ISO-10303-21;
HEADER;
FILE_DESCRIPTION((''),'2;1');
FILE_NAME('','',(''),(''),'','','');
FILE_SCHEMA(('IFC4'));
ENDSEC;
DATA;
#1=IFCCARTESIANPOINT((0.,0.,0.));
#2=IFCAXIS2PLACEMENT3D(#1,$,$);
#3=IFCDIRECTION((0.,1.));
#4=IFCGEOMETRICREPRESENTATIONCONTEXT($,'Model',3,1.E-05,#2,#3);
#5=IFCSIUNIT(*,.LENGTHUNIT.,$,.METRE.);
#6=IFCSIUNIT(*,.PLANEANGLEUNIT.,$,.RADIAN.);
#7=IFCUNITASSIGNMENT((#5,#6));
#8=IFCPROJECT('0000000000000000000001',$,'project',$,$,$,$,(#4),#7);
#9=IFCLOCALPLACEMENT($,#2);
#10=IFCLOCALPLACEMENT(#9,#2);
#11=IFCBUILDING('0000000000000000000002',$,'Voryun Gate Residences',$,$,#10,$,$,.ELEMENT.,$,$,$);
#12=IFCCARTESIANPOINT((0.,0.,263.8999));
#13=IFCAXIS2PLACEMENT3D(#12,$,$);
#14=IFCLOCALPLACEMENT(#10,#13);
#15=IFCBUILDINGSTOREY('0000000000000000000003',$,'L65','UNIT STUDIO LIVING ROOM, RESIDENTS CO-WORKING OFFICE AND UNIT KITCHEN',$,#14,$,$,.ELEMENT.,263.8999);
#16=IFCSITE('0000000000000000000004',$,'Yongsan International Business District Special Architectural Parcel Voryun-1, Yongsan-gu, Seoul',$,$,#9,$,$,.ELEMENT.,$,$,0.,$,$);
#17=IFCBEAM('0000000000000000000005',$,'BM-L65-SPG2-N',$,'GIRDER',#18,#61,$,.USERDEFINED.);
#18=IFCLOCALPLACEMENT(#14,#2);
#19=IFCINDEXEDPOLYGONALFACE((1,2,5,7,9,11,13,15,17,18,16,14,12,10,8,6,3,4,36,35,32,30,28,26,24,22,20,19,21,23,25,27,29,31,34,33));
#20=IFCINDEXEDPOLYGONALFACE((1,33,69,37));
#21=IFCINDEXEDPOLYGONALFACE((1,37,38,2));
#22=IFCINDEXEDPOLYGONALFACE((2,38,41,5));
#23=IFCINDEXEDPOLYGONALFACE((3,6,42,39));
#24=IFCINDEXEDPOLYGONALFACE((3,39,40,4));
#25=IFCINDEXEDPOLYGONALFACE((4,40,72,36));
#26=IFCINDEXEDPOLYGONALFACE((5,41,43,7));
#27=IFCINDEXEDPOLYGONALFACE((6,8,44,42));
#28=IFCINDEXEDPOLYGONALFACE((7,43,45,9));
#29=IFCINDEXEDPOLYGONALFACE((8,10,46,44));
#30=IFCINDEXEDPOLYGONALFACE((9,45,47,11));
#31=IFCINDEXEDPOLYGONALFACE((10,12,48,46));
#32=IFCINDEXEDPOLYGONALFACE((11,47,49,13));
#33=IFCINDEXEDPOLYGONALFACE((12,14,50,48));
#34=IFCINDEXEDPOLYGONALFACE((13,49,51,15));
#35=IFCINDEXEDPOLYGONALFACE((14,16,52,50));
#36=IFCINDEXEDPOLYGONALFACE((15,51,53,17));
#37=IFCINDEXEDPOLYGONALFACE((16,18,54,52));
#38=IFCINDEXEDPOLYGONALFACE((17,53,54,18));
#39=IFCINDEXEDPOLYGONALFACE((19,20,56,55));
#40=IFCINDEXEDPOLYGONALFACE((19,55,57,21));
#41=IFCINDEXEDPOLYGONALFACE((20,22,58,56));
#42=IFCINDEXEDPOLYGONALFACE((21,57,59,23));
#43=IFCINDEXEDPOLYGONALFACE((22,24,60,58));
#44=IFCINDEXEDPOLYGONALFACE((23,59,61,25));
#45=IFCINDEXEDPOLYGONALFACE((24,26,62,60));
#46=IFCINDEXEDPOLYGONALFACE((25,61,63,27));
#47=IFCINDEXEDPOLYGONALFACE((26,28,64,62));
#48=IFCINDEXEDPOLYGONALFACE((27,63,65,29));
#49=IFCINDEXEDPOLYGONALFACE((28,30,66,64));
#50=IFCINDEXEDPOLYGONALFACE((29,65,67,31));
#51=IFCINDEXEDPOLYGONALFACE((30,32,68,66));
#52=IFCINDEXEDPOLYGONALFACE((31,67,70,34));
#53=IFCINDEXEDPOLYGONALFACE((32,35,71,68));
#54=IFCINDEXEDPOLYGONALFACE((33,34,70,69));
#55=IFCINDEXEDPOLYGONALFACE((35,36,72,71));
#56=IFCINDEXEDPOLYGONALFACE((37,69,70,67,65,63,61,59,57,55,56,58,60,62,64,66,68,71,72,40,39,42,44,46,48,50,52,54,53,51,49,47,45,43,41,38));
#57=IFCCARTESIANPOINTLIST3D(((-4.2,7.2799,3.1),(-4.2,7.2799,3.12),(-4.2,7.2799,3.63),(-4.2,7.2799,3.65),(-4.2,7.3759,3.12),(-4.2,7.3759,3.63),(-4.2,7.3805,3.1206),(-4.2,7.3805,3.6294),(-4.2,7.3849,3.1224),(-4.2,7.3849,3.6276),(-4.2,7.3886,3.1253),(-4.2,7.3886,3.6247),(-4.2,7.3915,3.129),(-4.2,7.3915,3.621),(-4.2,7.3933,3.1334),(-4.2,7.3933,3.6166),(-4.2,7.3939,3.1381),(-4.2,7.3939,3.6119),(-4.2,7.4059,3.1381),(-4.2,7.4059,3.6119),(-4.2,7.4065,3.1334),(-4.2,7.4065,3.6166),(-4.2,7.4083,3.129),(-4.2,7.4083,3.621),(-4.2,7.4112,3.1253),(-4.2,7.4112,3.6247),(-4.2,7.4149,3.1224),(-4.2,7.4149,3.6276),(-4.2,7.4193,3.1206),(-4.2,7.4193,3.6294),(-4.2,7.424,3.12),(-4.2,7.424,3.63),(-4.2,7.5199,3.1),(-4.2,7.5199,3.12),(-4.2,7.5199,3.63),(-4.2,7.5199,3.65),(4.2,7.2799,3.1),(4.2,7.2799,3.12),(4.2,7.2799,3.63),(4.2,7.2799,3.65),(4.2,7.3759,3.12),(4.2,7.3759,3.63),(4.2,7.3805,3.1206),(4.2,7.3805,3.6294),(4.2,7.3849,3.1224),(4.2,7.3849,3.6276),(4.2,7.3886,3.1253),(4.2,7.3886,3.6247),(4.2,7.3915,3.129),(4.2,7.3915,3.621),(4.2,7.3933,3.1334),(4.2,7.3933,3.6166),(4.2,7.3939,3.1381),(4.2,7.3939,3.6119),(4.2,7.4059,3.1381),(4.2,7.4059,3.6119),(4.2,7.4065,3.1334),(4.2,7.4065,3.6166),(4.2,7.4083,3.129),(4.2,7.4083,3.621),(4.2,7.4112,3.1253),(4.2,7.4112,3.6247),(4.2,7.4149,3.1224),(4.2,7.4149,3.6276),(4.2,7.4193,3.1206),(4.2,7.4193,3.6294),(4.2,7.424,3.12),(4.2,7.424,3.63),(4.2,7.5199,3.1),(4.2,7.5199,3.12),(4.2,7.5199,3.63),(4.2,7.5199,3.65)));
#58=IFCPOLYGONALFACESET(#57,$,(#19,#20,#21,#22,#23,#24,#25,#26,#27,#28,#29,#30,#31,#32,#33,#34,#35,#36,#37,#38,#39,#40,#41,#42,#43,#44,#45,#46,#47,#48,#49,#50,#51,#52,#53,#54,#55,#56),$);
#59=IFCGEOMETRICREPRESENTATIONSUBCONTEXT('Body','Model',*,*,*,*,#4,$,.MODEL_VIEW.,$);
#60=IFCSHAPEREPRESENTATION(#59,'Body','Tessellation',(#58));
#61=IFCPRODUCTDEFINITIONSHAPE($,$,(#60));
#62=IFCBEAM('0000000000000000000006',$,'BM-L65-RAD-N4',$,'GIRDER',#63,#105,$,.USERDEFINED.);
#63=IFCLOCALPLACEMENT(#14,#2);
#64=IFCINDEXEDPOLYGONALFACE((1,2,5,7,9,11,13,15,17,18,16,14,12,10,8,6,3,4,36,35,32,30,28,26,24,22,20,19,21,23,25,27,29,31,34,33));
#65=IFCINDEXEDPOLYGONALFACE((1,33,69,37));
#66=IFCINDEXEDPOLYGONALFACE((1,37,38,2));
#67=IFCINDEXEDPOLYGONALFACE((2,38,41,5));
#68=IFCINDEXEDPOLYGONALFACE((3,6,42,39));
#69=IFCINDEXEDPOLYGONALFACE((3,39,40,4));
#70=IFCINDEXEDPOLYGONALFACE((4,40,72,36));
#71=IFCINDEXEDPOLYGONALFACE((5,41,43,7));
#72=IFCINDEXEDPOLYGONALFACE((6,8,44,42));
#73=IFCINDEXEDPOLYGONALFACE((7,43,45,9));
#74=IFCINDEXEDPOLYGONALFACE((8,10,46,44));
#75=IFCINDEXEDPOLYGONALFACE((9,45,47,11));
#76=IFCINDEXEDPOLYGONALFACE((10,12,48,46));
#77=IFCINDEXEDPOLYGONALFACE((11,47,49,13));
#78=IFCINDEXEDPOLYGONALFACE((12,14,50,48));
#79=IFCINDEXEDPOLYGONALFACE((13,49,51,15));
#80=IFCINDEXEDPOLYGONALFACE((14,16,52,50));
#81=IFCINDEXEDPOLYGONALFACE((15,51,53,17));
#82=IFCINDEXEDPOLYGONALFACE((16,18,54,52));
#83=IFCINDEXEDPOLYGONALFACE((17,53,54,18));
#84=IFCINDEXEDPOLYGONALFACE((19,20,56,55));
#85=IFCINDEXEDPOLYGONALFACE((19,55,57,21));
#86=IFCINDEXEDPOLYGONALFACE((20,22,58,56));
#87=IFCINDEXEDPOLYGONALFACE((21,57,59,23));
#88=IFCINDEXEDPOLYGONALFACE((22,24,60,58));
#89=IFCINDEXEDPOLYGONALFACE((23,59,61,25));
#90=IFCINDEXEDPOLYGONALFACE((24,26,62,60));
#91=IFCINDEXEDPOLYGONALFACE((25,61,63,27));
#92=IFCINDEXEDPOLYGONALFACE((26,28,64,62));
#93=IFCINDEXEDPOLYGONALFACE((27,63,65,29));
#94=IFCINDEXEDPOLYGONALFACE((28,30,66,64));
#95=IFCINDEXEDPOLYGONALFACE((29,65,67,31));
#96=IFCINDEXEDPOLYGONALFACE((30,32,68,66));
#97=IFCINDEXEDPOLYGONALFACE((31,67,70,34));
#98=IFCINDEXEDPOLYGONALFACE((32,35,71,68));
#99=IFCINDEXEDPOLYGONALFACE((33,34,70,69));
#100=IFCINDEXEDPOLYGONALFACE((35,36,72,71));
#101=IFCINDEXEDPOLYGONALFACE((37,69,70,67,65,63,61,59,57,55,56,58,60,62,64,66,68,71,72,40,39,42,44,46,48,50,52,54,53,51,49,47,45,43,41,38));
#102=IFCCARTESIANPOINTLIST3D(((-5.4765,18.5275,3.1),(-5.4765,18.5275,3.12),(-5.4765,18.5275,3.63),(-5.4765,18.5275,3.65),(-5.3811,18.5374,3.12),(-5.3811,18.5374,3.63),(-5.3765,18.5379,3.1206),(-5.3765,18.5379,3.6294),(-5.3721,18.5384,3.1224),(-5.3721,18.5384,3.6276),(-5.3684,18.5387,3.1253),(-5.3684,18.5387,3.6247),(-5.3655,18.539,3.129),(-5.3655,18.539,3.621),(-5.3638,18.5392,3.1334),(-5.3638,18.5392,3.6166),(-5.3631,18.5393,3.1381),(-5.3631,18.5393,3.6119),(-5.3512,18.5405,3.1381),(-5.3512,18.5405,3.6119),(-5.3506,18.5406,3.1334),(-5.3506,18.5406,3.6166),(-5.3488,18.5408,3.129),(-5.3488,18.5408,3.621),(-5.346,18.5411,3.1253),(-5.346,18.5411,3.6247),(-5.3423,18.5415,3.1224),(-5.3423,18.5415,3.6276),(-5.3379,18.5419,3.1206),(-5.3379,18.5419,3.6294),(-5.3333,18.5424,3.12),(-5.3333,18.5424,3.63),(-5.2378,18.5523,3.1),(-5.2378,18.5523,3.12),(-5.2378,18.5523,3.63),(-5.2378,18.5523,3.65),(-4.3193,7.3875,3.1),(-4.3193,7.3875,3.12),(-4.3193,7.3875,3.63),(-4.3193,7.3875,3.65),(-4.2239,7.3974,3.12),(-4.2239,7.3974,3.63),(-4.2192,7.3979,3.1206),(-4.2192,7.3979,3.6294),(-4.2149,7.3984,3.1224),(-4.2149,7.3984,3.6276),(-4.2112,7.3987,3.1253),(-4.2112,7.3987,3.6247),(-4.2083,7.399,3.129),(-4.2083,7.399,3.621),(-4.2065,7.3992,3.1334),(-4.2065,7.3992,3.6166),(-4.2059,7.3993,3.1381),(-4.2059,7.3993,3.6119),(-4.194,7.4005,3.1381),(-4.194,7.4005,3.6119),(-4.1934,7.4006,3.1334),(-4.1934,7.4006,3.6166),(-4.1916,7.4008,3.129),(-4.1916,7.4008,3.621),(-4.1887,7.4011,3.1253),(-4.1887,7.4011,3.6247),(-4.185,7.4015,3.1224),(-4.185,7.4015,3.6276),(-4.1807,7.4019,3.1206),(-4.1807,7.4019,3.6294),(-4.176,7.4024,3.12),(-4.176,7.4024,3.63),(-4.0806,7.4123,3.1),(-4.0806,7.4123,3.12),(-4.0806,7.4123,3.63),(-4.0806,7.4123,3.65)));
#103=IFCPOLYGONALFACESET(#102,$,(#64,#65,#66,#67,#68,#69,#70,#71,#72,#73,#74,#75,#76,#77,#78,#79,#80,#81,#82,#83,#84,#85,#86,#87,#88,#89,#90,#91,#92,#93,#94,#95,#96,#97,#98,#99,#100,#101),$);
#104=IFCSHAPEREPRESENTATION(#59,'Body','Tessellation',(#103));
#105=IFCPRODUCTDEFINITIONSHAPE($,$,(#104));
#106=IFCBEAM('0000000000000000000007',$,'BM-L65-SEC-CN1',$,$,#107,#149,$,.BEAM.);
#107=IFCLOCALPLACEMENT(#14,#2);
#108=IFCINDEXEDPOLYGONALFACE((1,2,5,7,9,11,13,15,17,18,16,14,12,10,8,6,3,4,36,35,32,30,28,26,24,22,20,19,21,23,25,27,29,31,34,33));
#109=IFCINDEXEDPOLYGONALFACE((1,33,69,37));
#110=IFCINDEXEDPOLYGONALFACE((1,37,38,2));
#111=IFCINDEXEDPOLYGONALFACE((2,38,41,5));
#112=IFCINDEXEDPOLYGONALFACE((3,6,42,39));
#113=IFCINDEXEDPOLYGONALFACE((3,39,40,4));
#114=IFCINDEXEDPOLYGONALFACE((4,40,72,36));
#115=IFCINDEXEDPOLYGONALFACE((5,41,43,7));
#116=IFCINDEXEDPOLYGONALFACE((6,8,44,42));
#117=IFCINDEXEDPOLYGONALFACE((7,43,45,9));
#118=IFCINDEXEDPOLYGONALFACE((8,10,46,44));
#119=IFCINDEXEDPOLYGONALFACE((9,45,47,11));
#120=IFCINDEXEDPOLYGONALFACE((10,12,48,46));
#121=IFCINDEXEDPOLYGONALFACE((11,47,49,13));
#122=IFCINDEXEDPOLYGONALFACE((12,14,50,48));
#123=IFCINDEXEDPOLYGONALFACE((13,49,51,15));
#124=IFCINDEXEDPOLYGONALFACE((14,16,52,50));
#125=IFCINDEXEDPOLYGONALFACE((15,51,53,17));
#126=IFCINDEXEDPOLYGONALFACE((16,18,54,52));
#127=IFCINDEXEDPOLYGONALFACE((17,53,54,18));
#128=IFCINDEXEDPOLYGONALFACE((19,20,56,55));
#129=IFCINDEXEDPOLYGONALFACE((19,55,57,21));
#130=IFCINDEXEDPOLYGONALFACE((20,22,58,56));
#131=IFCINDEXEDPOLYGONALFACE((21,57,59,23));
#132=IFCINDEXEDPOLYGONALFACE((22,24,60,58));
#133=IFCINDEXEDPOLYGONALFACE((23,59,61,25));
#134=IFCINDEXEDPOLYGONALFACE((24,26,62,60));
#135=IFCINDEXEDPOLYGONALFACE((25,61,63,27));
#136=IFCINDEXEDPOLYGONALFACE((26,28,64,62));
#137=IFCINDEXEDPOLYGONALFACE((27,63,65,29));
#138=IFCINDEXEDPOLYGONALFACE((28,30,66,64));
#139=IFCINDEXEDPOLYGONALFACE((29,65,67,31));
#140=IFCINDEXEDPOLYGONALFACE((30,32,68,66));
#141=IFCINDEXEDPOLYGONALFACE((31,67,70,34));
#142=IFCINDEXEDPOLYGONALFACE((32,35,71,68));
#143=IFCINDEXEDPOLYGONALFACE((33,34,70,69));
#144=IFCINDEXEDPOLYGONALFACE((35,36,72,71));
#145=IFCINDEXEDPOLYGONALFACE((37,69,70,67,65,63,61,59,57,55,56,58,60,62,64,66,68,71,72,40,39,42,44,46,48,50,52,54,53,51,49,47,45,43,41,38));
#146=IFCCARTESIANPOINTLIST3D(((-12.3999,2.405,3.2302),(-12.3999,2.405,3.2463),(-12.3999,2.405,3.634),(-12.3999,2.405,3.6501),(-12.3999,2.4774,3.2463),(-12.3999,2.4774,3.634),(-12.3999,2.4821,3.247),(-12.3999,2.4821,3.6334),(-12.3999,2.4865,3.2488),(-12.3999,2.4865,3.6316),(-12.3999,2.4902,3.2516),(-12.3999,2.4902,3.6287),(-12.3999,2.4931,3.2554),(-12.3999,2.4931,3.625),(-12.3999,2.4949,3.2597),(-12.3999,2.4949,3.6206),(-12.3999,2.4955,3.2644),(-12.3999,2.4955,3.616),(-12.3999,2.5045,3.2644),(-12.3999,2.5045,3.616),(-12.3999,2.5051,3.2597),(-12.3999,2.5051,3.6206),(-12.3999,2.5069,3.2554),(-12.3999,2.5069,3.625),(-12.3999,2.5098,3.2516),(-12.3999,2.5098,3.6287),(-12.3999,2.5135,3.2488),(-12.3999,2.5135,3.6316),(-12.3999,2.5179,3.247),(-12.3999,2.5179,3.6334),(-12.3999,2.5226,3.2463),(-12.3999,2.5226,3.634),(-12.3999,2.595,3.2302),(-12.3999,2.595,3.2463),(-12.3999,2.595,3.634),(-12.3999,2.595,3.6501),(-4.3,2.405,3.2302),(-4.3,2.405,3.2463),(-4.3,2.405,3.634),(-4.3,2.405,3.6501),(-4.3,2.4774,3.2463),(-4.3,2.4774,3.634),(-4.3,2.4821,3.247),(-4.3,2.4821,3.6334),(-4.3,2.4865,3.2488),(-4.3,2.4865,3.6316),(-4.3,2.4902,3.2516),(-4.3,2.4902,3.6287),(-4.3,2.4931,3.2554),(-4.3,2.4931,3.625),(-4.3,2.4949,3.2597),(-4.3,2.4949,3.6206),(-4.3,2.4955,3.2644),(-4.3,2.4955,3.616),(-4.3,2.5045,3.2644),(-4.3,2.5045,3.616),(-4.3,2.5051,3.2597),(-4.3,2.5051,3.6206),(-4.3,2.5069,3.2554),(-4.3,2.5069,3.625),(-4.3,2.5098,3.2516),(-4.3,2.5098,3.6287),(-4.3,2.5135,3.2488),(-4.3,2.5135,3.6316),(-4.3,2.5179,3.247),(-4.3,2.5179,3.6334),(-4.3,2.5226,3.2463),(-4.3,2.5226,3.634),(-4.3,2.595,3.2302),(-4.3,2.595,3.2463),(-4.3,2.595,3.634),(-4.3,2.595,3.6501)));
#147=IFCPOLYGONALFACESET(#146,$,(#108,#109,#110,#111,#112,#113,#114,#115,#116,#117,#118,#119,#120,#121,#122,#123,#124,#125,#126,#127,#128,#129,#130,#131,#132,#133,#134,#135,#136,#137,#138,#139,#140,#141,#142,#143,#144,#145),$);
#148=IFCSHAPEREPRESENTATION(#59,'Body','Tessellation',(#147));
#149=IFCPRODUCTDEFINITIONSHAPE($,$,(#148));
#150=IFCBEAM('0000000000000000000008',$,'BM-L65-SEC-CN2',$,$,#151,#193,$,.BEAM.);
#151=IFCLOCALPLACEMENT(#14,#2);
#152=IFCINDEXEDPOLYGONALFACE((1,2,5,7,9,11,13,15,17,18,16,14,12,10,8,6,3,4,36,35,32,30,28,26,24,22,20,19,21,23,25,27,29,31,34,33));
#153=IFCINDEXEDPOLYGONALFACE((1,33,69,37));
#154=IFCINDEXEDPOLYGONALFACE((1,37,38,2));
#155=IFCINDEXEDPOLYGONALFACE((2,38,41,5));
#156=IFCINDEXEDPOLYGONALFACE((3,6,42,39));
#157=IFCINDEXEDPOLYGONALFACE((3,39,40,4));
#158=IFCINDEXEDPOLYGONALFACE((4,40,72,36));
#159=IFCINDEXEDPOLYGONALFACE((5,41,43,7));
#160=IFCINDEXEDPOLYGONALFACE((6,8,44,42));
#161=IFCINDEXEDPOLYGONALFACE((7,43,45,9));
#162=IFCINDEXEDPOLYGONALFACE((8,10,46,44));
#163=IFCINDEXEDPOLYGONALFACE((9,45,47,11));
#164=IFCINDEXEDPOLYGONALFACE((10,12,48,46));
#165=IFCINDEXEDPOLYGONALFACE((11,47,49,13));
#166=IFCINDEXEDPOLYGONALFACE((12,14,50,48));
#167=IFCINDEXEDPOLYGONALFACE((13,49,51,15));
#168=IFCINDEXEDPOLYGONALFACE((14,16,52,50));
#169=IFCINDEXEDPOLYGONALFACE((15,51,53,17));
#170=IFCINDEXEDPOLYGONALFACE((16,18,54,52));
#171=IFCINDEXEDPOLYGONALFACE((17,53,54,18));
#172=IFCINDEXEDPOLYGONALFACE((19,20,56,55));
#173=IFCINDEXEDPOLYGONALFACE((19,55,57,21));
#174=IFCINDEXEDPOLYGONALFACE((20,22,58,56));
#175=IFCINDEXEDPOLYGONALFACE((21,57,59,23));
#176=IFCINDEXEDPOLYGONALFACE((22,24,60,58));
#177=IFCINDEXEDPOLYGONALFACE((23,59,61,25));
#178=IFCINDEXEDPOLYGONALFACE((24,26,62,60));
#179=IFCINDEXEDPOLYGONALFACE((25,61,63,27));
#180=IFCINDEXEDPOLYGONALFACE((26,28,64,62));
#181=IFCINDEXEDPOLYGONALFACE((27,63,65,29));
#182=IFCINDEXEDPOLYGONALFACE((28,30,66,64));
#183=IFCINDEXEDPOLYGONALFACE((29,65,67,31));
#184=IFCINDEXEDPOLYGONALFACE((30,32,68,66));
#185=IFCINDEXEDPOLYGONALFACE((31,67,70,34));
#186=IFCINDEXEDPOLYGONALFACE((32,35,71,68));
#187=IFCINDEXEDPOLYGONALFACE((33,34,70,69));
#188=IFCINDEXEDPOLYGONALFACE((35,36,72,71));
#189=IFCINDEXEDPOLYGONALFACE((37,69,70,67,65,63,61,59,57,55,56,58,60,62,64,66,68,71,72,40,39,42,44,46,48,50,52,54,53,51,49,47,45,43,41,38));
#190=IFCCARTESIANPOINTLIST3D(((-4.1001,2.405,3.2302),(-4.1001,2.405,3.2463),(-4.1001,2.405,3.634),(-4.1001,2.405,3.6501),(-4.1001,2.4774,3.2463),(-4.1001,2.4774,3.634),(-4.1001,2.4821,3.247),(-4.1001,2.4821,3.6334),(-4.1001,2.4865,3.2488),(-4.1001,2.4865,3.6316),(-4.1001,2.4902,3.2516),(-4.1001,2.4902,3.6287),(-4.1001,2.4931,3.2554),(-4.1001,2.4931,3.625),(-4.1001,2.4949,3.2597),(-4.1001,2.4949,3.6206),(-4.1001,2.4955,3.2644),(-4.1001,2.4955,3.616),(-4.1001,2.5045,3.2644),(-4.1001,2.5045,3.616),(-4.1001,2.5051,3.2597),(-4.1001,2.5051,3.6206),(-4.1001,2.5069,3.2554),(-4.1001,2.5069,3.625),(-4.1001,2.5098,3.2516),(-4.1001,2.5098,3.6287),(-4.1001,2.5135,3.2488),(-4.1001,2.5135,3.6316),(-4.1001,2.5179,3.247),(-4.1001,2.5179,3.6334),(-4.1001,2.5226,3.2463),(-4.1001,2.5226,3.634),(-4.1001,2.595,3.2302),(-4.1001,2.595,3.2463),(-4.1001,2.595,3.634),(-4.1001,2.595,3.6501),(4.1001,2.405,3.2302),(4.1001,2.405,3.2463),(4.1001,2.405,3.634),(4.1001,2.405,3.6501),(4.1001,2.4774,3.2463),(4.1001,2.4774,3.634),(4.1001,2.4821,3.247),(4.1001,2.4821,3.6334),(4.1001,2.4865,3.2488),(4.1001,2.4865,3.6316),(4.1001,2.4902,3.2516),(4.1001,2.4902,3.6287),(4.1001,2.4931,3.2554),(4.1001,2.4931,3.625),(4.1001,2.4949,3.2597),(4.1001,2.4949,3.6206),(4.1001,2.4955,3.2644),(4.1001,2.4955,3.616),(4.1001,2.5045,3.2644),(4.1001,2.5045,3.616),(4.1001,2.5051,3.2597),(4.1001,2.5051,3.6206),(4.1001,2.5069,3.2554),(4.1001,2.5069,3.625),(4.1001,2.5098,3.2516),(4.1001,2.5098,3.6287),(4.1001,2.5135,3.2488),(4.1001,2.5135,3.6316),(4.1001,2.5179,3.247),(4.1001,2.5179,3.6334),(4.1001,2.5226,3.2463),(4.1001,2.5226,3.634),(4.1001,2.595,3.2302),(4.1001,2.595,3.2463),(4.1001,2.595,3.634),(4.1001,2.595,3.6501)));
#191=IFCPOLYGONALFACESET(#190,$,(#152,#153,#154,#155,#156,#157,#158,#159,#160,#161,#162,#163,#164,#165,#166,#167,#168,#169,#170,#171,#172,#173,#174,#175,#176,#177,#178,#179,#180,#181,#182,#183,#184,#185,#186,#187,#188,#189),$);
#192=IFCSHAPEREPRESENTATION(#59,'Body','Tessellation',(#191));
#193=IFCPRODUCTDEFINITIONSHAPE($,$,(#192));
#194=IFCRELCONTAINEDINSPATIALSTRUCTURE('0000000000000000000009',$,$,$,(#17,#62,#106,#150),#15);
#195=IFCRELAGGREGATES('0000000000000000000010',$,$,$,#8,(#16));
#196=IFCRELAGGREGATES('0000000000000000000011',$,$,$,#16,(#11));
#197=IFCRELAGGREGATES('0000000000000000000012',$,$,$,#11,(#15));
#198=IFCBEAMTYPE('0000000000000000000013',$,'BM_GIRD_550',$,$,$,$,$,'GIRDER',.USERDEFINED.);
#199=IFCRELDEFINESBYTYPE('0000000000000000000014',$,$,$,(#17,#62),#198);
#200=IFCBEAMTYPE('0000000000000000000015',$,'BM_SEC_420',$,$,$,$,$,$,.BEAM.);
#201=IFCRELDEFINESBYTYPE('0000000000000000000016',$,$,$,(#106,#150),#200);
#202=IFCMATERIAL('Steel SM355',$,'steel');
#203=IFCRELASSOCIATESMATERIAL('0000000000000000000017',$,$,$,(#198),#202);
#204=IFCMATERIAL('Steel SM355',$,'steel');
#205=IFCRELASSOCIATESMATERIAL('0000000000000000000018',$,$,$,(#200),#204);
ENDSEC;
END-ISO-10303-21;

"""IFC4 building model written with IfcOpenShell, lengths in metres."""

from ifc_helpers import new_model, si_unit, direction, frame, origin, origin_2d, place, context, subcontext, project, spatial, i_section, extrude, material, material_profile, profile_set, type_object, element, save


model = new_model("IFC4")

# Units and contexts
model_context = context("Model", 3, precision=1e-05, world=origin(), true_north=direction((0.0, 1.0)))
body_context = subcontext(model_context, "Body", "Model", "MODEL_VIEW")
ifc_project = project(units=[si_unit("LENGTHUNIT", "METRE"), si_unit("PLANEANGLEUNIT", "RADIAN")], contexts=[model_context])

# Site, building, storey
site_placement = place(None, origin())
site = spatial("IfcSite", under=ifc_project, at=site_placement, Name="Yongsan International Business District Special Architectural Parcel Voryun-1, Yongsan-gu, Seoul", CompositionType="ELEMENT", RefElevation=0.0)
building_placement = place(site_placement, origin())
building = spatial("IfcBuilding", under=site, at=building_placement, Name="Voryun Gate Residences", CompositionType="ELEMENT")
storey_placement = place(building_placement, frame((0.0, 0.0, 263.8999)))
storey = spatial("IfcBuildingStorey", under=building, at=storey_placement, Name="L65", Description="UNIT STUDIO LIVING ROOM, RESIDENTS CO-WORKING OFFICE AND UNIT KITCHEN", CompositionType="ELEMENT", Elevation=263.8999)

# Beams
ifc_material_1 = material(Name="Steel SM355", Category="steel")
ifc_material_profile_1 = material_profile(ifc_material_1, i_section(OverallWidth=0.24, OverallDepth=0.55, WebThickness=0.012, FlangeThickness=0.02, FilletRadius=0.0181, at=origin_2d()), Name="H-550x240x12x20")
ifc_profile_set_1 = profile_set([ifc_material_profile_1], Name="Steel SM355")
beam_type_1 = type_object("IfcBeamType", Name="BM_GIRD_550", ElementType="GIRDER", PredefinedType="USERDEFINED", material=ifc_profile_set_1)
beam_1_placement = place(storey_placement, frame((-4.2, 7.3999, 3.375), z_axis=(1.0, 0.0, 0.0), x_axis=(0.0, 1.0, 0.0)))
element("IfcBeam", 1, at=beam_1_placement, inside=storey, type_object=beam_type_1, Name="BM-L65-SPG2-N", ObjectType="GIRDER", PredefinedType="USERDEFINED", context=body_context, shape_type="SweptSolid", body=[
    extrude(i_section(OverallWidth=0.24, OverallDepth=0.55, WebThickness=0.012, FlangeThickness=0.02, FilletRadius=0.0181, at=origin_2d()), origin(), (0.0, 0.0, 1.0), 8.3999),
])
beam_2_placement = place(storey_placement, frame((-4.2, 7.3999, 3.375), z_axis=(-0.103325, 0.994648, 0.0), x_axis=(-0.994648, -0.103325, 0.0)))
element("IfcBeam", 2, at=beam_2_placement, inside=storey, type_object=beam_type_1, Name="BM-L65-RAD-N4", ObjectType="GIRDER", PredefinedType="USERDEFINED", context=body_context, shape_type="SweptSolid", body=[
    extrude(i_section(OverallWidth=0.24, OverallDepth=0.55, WebThickness=0.012, FlangeThickness=0.02, FilletRadius=0.0181, at=origin_2d()), origin(), (0.0, 0.0, 1.0), 11.2),
])
ifc_material_2 = material(Name="Steel SM355", Category="steel")
ifc_material_profile_2 = material_profile(ifc_material_2, i_section(OverallWidth=0.1899, OverallDepth=0.4199, WebThickness=0.009, FlangeThickness=0.0161, FilletRadius=0.0181, at=origin_2d()), Name="H-420x190x9x16")
ifc_profile_set_2 = profile_set([ifc_material_profile_2], Name="Steel SM355")
beam_type_2 = type_object("IfcBeamType", Name="BM_SEC_420", PredefinedType="BEAM", material=ifc_profile_set_2)
beam_3_placement = place(storey_placement, frame((-12.3999, 2.5, 3.4402), z_axis=(1.0, 0.0, 0.0), x_axis=(0.0, 1.0, 0.0)))
element("IfcBeam", 3, at=beam_3_placement, inside=storey, type_object=beam_type_2, Name="BM-L65-SEC-CN1", PredefinedType="BEAM", context=body_context, shape_type="SweptSolid", body=[
    extrude(i_section(OverallWidth=0.1899, OverallDepth=0.4199, WebThickness=0.009, FlangeThickness=0.0161, FilletRadius=0.0181, at=origin_2d()), origin(), (0.0, 0.0, 1.0), 8.0999),
])
beam_4_placement = place(storey_placement, frame((-4.1001, 2.5, 3.4402), z_axis=(1.0, 0.0, 0.0), x_axis=(0.0, 1.0, 0.0)))
element("IfcBeam", 4, at=beam_4_placement, inside=storey, type_object=beam_type_2, Name="BM-L65-SEC-CN2", PredefinedType="BEAM", context=body_context, shape_type="SweptSolid", body=[
    extrude(i_section(OverallWidth=0.1899, OverallDepth=0.4199, WebThickness=0.009, FlangeThickness=0.0161, FilletRadius=0.0181, at=origin_2d()), origin(), (0.0, 0.0, 1.0), 8.2002),
])

save(model, "model.ifc")
